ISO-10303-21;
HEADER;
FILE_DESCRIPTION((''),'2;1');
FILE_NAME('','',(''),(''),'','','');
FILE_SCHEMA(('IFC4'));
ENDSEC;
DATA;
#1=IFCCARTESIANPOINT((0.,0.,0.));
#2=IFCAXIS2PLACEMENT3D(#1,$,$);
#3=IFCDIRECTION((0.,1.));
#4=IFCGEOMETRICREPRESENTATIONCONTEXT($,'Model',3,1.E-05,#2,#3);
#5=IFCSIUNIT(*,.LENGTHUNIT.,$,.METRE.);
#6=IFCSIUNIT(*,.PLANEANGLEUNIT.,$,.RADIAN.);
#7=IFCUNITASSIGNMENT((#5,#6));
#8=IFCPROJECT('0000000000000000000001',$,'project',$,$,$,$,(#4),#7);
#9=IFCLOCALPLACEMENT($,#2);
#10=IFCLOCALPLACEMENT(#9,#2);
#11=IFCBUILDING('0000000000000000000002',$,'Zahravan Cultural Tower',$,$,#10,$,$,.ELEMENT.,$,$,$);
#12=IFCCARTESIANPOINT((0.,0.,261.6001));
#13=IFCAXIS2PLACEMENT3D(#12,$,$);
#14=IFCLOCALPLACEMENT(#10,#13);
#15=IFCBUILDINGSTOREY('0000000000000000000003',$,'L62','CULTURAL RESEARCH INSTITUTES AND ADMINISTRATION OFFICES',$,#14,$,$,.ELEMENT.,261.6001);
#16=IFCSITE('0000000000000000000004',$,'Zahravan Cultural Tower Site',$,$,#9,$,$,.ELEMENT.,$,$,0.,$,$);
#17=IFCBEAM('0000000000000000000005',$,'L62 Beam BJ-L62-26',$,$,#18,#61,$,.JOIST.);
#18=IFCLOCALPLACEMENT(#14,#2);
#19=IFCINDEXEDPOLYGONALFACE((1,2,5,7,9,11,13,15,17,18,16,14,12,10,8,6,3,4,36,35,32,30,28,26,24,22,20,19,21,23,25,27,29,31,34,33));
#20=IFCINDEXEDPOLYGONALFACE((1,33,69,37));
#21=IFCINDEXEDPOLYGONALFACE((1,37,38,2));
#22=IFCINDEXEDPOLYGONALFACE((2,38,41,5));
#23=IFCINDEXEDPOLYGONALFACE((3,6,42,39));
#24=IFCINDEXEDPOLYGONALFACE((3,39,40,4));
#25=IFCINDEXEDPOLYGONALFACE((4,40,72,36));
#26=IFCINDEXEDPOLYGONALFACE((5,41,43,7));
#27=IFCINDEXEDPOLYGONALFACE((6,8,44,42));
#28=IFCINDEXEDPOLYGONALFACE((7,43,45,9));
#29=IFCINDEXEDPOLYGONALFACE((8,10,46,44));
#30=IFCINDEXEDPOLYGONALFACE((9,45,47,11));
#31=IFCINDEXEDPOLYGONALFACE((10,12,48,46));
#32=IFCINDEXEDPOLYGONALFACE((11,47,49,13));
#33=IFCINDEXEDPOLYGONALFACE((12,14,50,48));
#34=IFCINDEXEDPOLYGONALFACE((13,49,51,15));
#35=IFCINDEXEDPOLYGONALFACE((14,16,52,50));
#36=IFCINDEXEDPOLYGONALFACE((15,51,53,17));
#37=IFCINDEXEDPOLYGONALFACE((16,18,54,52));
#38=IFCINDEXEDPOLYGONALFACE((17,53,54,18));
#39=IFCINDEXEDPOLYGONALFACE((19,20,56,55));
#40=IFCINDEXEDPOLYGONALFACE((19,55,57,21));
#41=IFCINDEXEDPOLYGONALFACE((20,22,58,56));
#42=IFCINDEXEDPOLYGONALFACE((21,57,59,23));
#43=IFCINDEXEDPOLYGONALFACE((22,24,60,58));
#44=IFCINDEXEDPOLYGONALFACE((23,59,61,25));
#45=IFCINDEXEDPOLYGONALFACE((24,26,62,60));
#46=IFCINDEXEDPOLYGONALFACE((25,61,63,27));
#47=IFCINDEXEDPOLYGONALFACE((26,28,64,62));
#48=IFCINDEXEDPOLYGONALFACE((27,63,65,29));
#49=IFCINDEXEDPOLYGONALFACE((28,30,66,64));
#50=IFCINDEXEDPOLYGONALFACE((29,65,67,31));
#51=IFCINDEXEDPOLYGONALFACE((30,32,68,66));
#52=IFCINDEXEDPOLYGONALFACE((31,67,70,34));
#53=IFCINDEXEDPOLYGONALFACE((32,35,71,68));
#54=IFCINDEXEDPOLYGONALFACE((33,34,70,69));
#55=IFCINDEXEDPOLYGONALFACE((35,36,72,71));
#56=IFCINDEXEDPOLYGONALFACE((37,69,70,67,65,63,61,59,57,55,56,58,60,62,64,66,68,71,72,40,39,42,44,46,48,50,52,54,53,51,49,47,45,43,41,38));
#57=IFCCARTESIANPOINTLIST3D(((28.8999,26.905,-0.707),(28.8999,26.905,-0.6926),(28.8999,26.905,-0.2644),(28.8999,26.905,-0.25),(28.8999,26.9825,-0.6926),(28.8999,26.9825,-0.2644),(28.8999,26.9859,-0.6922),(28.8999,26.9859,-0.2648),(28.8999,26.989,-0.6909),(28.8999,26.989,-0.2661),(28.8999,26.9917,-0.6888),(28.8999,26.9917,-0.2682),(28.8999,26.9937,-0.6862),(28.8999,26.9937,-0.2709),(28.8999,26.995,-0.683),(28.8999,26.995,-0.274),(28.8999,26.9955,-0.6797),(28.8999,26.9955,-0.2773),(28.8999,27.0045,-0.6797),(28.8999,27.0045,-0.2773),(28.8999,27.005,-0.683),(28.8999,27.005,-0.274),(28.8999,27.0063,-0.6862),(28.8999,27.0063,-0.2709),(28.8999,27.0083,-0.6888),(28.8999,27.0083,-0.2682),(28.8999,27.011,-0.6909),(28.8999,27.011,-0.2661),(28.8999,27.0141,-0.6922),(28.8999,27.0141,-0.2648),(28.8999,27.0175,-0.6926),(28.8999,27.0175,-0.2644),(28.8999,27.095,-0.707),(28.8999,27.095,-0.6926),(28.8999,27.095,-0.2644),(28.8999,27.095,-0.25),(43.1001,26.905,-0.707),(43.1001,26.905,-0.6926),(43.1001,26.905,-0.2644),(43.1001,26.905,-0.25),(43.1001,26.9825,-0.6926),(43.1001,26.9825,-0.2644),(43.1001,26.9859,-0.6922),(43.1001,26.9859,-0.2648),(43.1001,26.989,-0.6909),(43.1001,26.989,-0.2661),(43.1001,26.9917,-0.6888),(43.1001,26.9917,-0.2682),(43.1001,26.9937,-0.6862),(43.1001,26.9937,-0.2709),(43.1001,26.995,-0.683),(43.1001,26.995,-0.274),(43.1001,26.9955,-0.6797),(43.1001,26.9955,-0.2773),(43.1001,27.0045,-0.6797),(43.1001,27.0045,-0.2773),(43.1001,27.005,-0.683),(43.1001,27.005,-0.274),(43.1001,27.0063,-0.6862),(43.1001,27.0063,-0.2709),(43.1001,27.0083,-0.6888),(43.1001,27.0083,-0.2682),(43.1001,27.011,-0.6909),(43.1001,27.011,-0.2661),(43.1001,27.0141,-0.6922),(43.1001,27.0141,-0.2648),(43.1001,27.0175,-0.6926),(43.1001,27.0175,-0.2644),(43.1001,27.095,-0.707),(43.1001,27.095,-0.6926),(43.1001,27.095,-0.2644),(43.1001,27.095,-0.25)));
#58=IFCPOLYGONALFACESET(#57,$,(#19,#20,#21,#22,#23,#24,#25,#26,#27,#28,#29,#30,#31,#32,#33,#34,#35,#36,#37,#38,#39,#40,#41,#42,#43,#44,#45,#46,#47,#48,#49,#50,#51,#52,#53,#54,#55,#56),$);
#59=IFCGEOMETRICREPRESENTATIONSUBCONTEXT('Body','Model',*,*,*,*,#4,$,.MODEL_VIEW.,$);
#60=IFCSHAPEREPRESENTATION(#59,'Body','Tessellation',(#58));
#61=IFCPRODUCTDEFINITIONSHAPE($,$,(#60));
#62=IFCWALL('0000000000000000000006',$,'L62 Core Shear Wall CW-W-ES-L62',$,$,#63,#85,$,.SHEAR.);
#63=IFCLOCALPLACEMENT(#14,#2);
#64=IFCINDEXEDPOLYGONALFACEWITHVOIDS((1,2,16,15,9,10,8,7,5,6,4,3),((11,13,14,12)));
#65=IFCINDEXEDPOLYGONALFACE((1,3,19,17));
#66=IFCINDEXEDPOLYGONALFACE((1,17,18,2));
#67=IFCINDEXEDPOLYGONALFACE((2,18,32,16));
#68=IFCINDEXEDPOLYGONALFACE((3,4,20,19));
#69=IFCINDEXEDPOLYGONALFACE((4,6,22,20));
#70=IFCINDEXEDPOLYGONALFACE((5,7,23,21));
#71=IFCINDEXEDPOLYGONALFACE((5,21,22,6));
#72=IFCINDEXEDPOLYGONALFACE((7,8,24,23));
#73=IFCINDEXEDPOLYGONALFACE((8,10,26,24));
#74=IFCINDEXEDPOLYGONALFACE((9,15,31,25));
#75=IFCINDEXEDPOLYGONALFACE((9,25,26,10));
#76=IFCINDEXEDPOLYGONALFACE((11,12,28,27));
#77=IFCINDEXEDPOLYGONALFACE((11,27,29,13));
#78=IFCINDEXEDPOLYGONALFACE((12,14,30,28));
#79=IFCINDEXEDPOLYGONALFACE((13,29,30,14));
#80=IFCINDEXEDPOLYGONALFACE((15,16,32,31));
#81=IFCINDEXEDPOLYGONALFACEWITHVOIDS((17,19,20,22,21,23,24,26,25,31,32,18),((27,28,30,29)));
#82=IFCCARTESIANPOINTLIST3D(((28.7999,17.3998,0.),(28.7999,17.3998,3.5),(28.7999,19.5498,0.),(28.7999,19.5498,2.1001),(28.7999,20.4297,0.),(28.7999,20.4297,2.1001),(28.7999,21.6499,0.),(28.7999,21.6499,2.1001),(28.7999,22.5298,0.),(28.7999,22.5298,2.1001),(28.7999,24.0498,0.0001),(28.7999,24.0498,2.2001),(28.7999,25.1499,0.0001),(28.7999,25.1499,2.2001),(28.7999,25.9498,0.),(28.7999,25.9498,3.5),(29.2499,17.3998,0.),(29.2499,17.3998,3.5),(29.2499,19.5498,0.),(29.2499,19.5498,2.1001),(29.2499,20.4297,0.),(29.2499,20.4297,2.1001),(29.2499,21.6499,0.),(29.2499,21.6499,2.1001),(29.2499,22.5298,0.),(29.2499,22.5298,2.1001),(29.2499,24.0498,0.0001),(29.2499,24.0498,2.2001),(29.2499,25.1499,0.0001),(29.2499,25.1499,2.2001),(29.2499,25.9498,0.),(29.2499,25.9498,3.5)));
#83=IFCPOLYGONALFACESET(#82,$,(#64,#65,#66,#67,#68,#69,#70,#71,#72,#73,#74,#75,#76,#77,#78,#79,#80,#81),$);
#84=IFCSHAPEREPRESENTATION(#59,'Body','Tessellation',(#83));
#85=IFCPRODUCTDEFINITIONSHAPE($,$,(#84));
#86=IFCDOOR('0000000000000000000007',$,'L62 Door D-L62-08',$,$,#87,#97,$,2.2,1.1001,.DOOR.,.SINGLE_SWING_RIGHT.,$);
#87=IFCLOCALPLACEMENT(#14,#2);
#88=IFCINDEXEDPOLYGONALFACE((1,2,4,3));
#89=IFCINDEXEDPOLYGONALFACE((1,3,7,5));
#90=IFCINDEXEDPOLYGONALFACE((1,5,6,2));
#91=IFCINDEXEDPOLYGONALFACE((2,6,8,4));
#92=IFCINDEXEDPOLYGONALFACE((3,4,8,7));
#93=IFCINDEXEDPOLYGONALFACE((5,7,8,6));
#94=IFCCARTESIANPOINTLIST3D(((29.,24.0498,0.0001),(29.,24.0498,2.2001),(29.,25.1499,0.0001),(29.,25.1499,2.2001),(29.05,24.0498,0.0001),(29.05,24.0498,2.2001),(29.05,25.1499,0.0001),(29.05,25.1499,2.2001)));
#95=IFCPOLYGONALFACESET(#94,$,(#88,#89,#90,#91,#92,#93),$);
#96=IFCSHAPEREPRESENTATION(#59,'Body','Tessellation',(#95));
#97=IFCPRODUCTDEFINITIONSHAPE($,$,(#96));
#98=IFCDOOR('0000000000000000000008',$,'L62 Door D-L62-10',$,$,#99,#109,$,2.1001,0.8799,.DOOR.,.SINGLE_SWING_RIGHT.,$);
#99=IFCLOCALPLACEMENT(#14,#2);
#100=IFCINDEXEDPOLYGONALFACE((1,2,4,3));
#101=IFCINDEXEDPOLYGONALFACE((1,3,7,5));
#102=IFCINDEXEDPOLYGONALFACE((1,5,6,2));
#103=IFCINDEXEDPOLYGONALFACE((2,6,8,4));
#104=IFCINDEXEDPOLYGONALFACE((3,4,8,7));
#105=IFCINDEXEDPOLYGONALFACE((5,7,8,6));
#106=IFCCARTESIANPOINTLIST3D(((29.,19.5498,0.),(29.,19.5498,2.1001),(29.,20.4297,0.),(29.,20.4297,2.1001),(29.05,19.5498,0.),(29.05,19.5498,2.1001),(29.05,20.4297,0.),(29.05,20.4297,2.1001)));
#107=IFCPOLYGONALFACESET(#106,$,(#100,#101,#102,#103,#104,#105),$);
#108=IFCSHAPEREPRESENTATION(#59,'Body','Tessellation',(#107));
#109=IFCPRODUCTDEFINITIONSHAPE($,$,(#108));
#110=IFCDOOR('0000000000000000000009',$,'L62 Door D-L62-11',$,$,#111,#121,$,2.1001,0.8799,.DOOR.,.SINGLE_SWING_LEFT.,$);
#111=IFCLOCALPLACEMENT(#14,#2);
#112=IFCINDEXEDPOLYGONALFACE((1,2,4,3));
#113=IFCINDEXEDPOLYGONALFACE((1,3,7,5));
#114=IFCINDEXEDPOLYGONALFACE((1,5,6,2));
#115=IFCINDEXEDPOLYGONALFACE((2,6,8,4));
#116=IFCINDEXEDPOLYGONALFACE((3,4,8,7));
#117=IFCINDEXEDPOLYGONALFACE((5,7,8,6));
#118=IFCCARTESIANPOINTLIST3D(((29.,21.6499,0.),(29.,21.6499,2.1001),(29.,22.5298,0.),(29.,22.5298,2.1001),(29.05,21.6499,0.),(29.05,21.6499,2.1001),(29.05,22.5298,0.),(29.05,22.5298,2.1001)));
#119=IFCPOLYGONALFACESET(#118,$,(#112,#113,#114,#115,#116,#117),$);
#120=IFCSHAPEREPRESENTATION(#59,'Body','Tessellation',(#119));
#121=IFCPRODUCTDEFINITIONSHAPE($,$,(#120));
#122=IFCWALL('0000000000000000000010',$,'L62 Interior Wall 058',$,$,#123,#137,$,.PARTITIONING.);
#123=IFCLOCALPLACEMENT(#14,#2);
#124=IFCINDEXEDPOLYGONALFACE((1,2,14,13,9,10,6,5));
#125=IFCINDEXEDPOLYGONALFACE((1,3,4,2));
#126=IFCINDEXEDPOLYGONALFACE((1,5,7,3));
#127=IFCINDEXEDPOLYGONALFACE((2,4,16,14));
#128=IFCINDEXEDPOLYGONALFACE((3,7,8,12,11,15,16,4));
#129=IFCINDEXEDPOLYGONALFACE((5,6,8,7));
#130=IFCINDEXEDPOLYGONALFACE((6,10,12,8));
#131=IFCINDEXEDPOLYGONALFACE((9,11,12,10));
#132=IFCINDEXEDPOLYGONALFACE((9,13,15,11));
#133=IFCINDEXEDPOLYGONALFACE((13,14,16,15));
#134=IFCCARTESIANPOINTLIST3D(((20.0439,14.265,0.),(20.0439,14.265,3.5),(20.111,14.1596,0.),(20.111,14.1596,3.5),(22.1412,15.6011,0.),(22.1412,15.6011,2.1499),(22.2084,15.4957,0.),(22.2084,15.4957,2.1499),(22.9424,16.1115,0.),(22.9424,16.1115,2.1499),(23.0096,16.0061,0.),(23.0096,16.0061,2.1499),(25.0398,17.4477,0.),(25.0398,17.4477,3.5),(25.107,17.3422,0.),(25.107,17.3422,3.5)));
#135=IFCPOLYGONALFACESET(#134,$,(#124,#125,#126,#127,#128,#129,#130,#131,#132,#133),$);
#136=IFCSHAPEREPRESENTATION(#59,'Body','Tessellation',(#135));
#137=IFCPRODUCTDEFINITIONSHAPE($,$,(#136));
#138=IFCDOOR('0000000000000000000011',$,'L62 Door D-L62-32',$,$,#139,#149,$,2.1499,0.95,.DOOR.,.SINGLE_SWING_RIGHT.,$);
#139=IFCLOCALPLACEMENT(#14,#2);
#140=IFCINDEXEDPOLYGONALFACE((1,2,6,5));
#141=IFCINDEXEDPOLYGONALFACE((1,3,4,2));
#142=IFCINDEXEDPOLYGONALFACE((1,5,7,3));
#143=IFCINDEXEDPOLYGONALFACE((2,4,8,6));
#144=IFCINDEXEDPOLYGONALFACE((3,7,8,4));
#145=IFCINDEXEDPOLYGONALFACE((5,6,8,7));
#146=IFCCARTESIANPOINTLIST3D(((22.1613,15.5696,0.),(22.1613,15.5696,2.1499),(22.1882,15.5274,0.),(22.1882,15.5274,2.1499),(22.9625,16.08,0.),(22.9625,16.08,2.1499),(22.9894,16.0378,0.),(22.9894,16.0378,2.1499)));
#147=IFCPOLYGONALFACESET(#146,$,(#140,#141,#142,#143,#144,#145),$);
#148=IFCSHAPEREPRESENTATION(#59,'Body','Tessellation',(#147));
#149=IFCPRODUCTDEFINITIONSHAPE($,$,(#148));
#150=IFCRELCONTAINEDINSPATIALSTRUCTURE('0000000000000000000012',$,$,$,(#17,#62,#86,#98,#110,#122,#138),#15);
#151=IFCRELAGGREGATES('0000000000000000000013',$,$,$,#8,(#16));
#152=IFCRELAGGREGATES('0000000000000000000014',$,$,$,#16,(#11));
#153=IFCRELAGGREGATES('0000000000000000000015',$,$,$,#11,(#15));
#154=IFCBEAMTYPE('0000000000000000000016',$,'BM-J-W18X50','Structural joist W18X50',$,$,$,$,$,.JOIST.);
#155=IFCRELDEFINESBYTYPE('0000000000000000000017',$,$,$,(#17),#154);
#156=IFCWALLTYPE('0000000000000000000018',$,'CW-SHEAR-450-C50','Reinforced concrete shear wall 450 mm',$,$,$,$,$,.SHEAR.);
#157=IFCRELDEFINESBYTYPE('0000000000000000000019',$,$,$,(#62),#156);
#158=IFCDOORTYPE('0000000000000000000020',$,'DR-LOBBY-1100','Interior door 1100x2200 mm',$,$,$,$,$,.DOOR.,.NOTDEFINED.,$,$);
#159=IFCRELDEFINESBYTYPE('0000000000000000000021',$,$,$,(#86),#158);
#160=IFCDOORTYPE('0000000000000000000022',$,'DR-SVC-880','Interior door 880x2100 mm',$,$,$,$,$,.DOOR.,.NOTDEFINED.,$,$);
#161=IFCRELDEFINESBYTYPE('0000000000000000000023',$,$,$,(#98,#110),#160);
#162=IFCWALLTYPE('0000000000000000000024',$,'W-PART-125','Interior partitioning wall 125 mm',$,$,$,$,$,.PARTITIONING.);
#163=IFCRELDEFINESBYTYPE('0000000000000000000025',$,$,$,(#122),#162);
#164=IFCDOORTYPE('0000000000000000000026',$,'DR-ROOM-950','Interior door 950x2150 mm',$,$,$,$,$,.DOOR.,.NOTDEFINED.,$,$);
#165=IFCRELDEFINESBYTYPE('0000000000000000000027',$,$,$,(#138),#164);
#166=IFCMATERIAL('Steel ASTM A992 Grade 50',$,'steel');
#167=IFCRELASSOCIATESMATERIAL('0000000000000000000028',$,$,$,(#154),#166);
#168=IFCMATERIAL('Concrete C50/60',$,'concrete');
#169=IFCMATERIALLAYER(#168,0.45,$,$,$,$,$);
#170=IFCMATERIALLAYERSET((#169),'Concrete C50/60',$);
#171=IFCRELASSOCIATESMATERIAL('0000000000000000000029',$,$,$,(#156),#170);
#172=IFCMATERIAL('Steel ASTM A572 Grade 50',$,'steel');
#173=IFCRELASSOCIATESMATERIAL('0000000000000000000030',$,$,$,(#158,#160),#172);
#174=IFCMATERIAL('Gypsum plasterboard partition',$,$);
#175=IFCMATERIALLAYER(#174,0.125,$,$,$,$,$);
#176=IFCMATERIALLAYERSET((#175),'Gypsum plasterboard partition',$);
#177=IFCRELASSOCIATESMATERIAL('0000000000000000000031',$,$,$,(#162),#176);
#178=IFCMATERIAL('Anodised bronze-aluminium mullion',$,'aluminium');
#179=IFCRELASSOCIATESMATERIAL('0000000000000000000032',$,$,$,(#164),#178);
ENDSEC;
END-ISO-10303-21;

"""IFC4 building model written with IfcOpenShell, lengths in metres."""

from ifc_helpers import new_model, si_unit, direction, frame, frame_2d, origin, origin_2d, place, context, subcontext, project, spatial, rectangle, i_section, extrude, source, transform, mapped, material, layer, layer_set, material_profile, profile_set, type_object, element, fill, save


model = new_model("IFC4")

# Units and contexts
model_context = context("Model", 3, precision=1e-05, world=origin(), true_north=direction((0.0, 1.0)))
body_context = subcontext(model_context, "Body", "Model", "MODEL_VIEW")
ifc_project = project(units=[si_unit("LENGTHUNIT", "METRE"), si_unit("PLANEANGLEUNIT", "RADIAN")], contexts=[model_context])

# Site, building, storey
site_placement = place(None, origin())
site = spatial("IfcSite", under=ifc_project, at=site_placement, Name="Zahravan Cultural Tower Site", CompositionType="ELEMENT", RefElevation=0.0)
building_placement = place(site_placement, origin())
building = spatial("IfcBuilding", under=site, at=building_placement, Name="Zahravan Cultural Tower", CompositionType="ELEMENT")
storey_placement = place(building_placement, frame((0.0, 0.0, 261.6001)))
storey = spatial("IfcBuildingStorey", under=building, at=storey_placement, Name="L62", Description="CULTURAL RESEARCH INSTITUTES AND ADMINISTRATION OFFICES", CompositionType="ELEMENT", Elevation=261.6001)

# Shared definitions
ifc_material_1 = material(Name="Concrete C50/60", Category="concrete")

# Beam
ifc_material_2 = material(Name="Steel ASTM A992 Grade 50", Category="steel")
ifc_material_profile_1 = material_profile(ifc_material_2, i_section(OverallWidth=0.1899, OverallDepth=0.457, WebThickness=0.009, FlangeThickness=0.0144, FilletRadius=0.0129, at=origin_2d()), Name="W18X50")
ifc_profile_set_1 = profile_set([ifc_material_profile_1], Name="Steel ASTM A992 Grade 50")
beam_type_1 = type_object("IfcBeamType", Name="BM-J-W18X50", Description="Structural joist W18X50", PredefinedType="JOIST", material=ifc_profile_set_1)
shared_shape_1 = source(origin(), body_context, "Body", "SweptSolid", [
    extrude(i_section(OverallWidth=0.1899, OverallDepth=0.457, WebThickness=0.009, FlangeThickness=0.0144, FilletRadius=0.0129, at=origin_2d()), origin(), (0.0, 0.0, 1.0), 14.2002),
])
for number, where, z_axis, x_axis, name in (
    (1, (28.8999, 27.0, -0.4785), (1.0, 0.0, 0.0), (0.0, 1.0, 0.0), "L62 Beam BJ-L62-26"),
):
    element("IfcBeam", number, at=place(storey_placement, frame(where, z_axis=z_axis, x_axis=x_axis)), inside=storey, type_object=beam_type_1, Name=name, PredefinedType="JOIST", context=body_context, shape_type="MappedRepresentation", body=[
        mapped(shared_shape_1, transform((0.0, 0.0, 0.0), x_axis=(1.0, 0.0, 0.0), y_axis=(0.0, 1.0, 0.0), z_axis=(0.0, 0.0, 1.0), scale=1.0)),
    ])

# Wall, openings, doors
ifc_layer_1 = layer(ifc_material_1, 0.45)
ifc_layer_set_1 = layer_set([ifc_layer_1], Name="Concrete C50/60")
wall_type_1 = type_object("IfcWallType", Name="CW-SHEAR-450-C50", Description="Reinforced concrete shear wall 450 mm", PredefinedType="SHEAR", material=ifc_layer_set_1)
wall_1_placement = place(storey_placement, frame((29.0249, 17.3999, 0.0), z_axis=(0.0, 0.0, 1.0), x_axis=(0.0, 1.0, 0.0)))
wall_1 = element("IfcWall", 2, at=wall_1_placement, inside=storey, type_object=wall_type_1, Name="L62 Core Shear Wall CW-W-ES-L62", PredefinedType="SHEAR", context=body_context, shape_type="SweptSolid", body=[
    extrude(rectangle(XDim=8.55, YDim=0.45, at=frame_2d((4.2749, 0.0))), origin(), (0.0, 0.0, 1.0), 3.5),
])
opening_1_placement = place(wall_1_placement, frame((6.6499, 0.0, 0.0)))
opening_1 = element("IfcOpeningElement", 3, at=opening_1_placement, cuts=wall_1, PredefinedType="OPENING", context=body_context, shape_type="SweptSolid", body=[
    extrude(rectangle(XDim=1.1001, YDim=2.2, at=frame_2d((0.55, 1.1001))), frame((0.0, 0.2349, 0.0), z_axis=(0.0, -1.0, 0.0), x_axis=(1.0, 0.0, 0.0)), (0.0, 0.0, 1.0), 0.47),
])
opening_2_placement = place(wall_1_placement, frame((2.1499, 0.0, 0.0)))
opening_2 = element("IfcOpeningElement", 4, at=opening_2_placement, cuts=wall_1, PredefinedType="OPENING", context=body_context, shape_type="SweptSolid", body=[
    extrude(rectangle(XDim=0.8799, YDim=2.1001, at=frame_2d((0.4399, 1.05))), frame((0.0, 0.2349, 0.0), z_axis=(0.0, -1.0, 0.0), x_axis=(1.0, 0.0, 0.0)), (0.0, 0.0, 1.0), 0.47),
])
opening_3_placement = place(wall_1_placement, frame((4.25, 0.0, 0.0)))
opening_3 = element("IfcOpeningElement", 5, at=opening_3_placement, cuts=wall_1, PredefinedType="OPENING", context=body_context, shape_type="SweptSolid", body=[
    extrude(rectangle(XDim=0.8799, YDim=2.1001, at=frame_2d((0.4399, 1.05))), frame((0.0, 0.2349, 0.0), z_axis=(0.0, -1.0, 0.0), x_axis=(1.0, 0.0, 0.0)), (0.0, 0.0, 1.0), 0.47),
])
ifc_material_3 = material(Name="Steel ASTM A572 Grade 50", Category="steel")
door_type_1 = type_object("IfcDoorType", Name="DR-LOBBY-1100", Description="Interior door 1100x2200 mm", OperationType="NOTDEFINED", PredefinedType="DOOR", material=ifc_material_3)
shared_shape_2 = source(origin(), body_context, "Body", "SweptSolid", [
    extrude(rectangle(XDim=1.1001, YDim=2.2, at=frame_2d((0.55, 1.1001))), frame((0.0, 0.0249, 0.0), z_axis=(0.0, -1.0, 0.0), x_axis=(1.0, 0.0, 0.0)), (0.0, 0.0, 1.0), 0.05),
])
door_1_placement = place(opening_1_placement, origin())
door_1 = element("IfcDoor", 6, at=door_1_placement, inside=storey, type_object=door_type_1, Name="L62 Door D-L62-08", OperationType="SINGLE_SWING_RIGHT", OverallHeight=2.2, OverallWidth=1.1001, PredefinedType="DOOR", context=body_context, shape_type="MappedRepresentation", body=[
    mapped(shared_shape_2, transform((0.0, 0.0, 0.0), x_axis=(1.0, 0.0, 0.0), y_axis=(0.0, 1.0, 0.0), z_axis=(0.0, 0.0, 1.0), scale=1.0)),
])
fill(opening_1, door_1)
door_type_2 = type_object("IfcDoorType", Name="DR-SVC-880", Description="Interior door 880x2100 mm", OperationType="NOTDEFINED", PredefinedType="DOOR", material=ifc_material_3)
shared_shape_3 = source(origin(), body_context, "Body", "SweptSolid", [
    extrude(rectangle(XDim=0.8799, YDim=2.1001, at=frame_2d((0.4399, 1.05))), frame((0.0, 0.0249, 0.0), z_axis=(0.0, -1.0, 0.0), x_axis=(1.0, 0.0, 0.0)), (0.0, 0.0, 1.0), 0.05),
])
door_2_placement = place(opening_2_placement, origin())
door_2 = element("IfcDoor", 7, at=door_2_placement, inside=storey, type_object=door_type_2, Name="L62 Door D-L62-10", OperationType="SINGLE_SWING_RIGHT", OverallHeight=2.1001, OverallWidth=0.8799, PredefinedType="DOOR", context=body_context, shape_type="MappedRepresentation", body=[
    mapped(shared_shape_3, transform((0.0, 0.0, 0.0), x_axis=(1.0, 0.0, 0.0), y_axis=(0.0, 1.0, 0.0), z_axis=(0.0, 0.0, 1.0), scale=1.0)),
])
fill(opening_2, door_2)
door_3_placement = place(opening_3_placement, origin())
door_3 = element("IfcDoor", 8, at=door_3_placement, inside=storey, type_object=door_type_2, Name="L62 Door D-L62-11", OperationType="SINGLE_SWING_LEFT", OverallHeight=2.1001, OverallWidth=0.8799, PredefinedType="DOOR", context=body_context, shape_type="MappedRepresentation", body=[
    mapped(shared_shape_3, transform((0.0, 0.0, 0.0), x_axis=(1.0, 0.0, 0.0), y_axis=(0.0, 1.0, 0.0), z_axis=(0.0, 0.0, 1.0), scale=1.0)),
])
fill(opening_3, door_3)

# Wall, opening, door
ifc_material_4 = material(Name="Gypsum plasterboard partition")
ifc_layer_2 = layer(ifc_material_4, 0.125)
ifc_layer_set_2 = layer_set([ifc_layer_2], Name="Gypsum plasterboard partition")
wall_type_2 = type_object("IfcWallType", Name="W-PART-125", Description="Interior partitioning wall 125 mm", PredefinedType="PARTITIONING", material=ifc_layer_set_2)
wall_2_placement = place(storey_placement, frame((25.0735, 17.395, 0.0), z_axis=(0.0, 0.0, 1.0), x_axis=(-0.843398, -0.537289, 0.0)))
wall_2 = element("IfcWall", 9, at=wall_2_placement, inside=storey, type_object=wall_type_2, Name="L62 Interior Wall 058", PredefinedType="PARTITIONING", context=body_context, shape_type="SweptSolid", body=[
    extrude(rectangle(XDim=5.9236, YDim=0.125, at=frame_2d((2.9619, 0.0))), origin(), (0.0, 0.0, 1.0), 3.5),
])
opening_4_placement = place(wall_2_placement, frame((2.4868, 0.0, 0.0)))
opening_4 = element("IfcOpeningElement", 10, at=opening_4_placement, cuts=wall_2, PredefinedType="OPENING", context=body_context, shape_type="SweptSolid", body=[
    extrude(rectangle(XDim=0.95, YDim=2.1499, at=frame_2d((0.4751, 1.075))), frame((0.0, 0.0725, 0.0), z_axis=(0.0, -1.0, 0.0), x_axis=(1.0, 0.0, 0.0)), (0.0, 0.0, 1.0), 0.145),
])
ifc_material_5 = material(Name="Anodised bronze-aluminium mullion", Category="aluminium")
door_type_3 = type_object("IfcDoorType", Name="DR-ROOM-950", Description="Interior door 950x2150 mm", OperationType="NOTDEFINED", PredefinedType="DOOR", material=ifc_material_5)
shared_shape_4 = source(origin(), body_context, "Body", "SweptSolid", [
    extrude(rectangle(XDim=0.95, YDim=2.1499, at=frame_2d((0.4751, 1.075))), frame((0.0, 0.0249, 0.0), z_axis=(0.0, -1.0, 0.0), x_axis=(1.0, 0.0, 0.0)), (0.0, 0.0, 1.0), 0.05),
])
door_4_placement = place(opening_4_placement, origin())
door_4 = element("IfcDoor", 11, at=door_4_placement, inside=storey, type_object=door_type_3, Name="L62 Door D-L62-32", OperationType="SINGLE_SWING_RIGHT", OverallHeight=2.1499, OverallWidth=0.95, PredefinedType="DOOR", context=body_context, shape_type="MappedRepresentation", body=[
    mapped(shared_shape_4, transform((0.0, 0.0, 0.0), x_axis=(1.0, 0.0, 0.0), y_axis=(0.0, 1.0, 0.0), z_axis=(0.0, 0.0, 1.0), scale=1.0)),
])
fill(opening_4, door_4)

save(model, "model.ifc")
